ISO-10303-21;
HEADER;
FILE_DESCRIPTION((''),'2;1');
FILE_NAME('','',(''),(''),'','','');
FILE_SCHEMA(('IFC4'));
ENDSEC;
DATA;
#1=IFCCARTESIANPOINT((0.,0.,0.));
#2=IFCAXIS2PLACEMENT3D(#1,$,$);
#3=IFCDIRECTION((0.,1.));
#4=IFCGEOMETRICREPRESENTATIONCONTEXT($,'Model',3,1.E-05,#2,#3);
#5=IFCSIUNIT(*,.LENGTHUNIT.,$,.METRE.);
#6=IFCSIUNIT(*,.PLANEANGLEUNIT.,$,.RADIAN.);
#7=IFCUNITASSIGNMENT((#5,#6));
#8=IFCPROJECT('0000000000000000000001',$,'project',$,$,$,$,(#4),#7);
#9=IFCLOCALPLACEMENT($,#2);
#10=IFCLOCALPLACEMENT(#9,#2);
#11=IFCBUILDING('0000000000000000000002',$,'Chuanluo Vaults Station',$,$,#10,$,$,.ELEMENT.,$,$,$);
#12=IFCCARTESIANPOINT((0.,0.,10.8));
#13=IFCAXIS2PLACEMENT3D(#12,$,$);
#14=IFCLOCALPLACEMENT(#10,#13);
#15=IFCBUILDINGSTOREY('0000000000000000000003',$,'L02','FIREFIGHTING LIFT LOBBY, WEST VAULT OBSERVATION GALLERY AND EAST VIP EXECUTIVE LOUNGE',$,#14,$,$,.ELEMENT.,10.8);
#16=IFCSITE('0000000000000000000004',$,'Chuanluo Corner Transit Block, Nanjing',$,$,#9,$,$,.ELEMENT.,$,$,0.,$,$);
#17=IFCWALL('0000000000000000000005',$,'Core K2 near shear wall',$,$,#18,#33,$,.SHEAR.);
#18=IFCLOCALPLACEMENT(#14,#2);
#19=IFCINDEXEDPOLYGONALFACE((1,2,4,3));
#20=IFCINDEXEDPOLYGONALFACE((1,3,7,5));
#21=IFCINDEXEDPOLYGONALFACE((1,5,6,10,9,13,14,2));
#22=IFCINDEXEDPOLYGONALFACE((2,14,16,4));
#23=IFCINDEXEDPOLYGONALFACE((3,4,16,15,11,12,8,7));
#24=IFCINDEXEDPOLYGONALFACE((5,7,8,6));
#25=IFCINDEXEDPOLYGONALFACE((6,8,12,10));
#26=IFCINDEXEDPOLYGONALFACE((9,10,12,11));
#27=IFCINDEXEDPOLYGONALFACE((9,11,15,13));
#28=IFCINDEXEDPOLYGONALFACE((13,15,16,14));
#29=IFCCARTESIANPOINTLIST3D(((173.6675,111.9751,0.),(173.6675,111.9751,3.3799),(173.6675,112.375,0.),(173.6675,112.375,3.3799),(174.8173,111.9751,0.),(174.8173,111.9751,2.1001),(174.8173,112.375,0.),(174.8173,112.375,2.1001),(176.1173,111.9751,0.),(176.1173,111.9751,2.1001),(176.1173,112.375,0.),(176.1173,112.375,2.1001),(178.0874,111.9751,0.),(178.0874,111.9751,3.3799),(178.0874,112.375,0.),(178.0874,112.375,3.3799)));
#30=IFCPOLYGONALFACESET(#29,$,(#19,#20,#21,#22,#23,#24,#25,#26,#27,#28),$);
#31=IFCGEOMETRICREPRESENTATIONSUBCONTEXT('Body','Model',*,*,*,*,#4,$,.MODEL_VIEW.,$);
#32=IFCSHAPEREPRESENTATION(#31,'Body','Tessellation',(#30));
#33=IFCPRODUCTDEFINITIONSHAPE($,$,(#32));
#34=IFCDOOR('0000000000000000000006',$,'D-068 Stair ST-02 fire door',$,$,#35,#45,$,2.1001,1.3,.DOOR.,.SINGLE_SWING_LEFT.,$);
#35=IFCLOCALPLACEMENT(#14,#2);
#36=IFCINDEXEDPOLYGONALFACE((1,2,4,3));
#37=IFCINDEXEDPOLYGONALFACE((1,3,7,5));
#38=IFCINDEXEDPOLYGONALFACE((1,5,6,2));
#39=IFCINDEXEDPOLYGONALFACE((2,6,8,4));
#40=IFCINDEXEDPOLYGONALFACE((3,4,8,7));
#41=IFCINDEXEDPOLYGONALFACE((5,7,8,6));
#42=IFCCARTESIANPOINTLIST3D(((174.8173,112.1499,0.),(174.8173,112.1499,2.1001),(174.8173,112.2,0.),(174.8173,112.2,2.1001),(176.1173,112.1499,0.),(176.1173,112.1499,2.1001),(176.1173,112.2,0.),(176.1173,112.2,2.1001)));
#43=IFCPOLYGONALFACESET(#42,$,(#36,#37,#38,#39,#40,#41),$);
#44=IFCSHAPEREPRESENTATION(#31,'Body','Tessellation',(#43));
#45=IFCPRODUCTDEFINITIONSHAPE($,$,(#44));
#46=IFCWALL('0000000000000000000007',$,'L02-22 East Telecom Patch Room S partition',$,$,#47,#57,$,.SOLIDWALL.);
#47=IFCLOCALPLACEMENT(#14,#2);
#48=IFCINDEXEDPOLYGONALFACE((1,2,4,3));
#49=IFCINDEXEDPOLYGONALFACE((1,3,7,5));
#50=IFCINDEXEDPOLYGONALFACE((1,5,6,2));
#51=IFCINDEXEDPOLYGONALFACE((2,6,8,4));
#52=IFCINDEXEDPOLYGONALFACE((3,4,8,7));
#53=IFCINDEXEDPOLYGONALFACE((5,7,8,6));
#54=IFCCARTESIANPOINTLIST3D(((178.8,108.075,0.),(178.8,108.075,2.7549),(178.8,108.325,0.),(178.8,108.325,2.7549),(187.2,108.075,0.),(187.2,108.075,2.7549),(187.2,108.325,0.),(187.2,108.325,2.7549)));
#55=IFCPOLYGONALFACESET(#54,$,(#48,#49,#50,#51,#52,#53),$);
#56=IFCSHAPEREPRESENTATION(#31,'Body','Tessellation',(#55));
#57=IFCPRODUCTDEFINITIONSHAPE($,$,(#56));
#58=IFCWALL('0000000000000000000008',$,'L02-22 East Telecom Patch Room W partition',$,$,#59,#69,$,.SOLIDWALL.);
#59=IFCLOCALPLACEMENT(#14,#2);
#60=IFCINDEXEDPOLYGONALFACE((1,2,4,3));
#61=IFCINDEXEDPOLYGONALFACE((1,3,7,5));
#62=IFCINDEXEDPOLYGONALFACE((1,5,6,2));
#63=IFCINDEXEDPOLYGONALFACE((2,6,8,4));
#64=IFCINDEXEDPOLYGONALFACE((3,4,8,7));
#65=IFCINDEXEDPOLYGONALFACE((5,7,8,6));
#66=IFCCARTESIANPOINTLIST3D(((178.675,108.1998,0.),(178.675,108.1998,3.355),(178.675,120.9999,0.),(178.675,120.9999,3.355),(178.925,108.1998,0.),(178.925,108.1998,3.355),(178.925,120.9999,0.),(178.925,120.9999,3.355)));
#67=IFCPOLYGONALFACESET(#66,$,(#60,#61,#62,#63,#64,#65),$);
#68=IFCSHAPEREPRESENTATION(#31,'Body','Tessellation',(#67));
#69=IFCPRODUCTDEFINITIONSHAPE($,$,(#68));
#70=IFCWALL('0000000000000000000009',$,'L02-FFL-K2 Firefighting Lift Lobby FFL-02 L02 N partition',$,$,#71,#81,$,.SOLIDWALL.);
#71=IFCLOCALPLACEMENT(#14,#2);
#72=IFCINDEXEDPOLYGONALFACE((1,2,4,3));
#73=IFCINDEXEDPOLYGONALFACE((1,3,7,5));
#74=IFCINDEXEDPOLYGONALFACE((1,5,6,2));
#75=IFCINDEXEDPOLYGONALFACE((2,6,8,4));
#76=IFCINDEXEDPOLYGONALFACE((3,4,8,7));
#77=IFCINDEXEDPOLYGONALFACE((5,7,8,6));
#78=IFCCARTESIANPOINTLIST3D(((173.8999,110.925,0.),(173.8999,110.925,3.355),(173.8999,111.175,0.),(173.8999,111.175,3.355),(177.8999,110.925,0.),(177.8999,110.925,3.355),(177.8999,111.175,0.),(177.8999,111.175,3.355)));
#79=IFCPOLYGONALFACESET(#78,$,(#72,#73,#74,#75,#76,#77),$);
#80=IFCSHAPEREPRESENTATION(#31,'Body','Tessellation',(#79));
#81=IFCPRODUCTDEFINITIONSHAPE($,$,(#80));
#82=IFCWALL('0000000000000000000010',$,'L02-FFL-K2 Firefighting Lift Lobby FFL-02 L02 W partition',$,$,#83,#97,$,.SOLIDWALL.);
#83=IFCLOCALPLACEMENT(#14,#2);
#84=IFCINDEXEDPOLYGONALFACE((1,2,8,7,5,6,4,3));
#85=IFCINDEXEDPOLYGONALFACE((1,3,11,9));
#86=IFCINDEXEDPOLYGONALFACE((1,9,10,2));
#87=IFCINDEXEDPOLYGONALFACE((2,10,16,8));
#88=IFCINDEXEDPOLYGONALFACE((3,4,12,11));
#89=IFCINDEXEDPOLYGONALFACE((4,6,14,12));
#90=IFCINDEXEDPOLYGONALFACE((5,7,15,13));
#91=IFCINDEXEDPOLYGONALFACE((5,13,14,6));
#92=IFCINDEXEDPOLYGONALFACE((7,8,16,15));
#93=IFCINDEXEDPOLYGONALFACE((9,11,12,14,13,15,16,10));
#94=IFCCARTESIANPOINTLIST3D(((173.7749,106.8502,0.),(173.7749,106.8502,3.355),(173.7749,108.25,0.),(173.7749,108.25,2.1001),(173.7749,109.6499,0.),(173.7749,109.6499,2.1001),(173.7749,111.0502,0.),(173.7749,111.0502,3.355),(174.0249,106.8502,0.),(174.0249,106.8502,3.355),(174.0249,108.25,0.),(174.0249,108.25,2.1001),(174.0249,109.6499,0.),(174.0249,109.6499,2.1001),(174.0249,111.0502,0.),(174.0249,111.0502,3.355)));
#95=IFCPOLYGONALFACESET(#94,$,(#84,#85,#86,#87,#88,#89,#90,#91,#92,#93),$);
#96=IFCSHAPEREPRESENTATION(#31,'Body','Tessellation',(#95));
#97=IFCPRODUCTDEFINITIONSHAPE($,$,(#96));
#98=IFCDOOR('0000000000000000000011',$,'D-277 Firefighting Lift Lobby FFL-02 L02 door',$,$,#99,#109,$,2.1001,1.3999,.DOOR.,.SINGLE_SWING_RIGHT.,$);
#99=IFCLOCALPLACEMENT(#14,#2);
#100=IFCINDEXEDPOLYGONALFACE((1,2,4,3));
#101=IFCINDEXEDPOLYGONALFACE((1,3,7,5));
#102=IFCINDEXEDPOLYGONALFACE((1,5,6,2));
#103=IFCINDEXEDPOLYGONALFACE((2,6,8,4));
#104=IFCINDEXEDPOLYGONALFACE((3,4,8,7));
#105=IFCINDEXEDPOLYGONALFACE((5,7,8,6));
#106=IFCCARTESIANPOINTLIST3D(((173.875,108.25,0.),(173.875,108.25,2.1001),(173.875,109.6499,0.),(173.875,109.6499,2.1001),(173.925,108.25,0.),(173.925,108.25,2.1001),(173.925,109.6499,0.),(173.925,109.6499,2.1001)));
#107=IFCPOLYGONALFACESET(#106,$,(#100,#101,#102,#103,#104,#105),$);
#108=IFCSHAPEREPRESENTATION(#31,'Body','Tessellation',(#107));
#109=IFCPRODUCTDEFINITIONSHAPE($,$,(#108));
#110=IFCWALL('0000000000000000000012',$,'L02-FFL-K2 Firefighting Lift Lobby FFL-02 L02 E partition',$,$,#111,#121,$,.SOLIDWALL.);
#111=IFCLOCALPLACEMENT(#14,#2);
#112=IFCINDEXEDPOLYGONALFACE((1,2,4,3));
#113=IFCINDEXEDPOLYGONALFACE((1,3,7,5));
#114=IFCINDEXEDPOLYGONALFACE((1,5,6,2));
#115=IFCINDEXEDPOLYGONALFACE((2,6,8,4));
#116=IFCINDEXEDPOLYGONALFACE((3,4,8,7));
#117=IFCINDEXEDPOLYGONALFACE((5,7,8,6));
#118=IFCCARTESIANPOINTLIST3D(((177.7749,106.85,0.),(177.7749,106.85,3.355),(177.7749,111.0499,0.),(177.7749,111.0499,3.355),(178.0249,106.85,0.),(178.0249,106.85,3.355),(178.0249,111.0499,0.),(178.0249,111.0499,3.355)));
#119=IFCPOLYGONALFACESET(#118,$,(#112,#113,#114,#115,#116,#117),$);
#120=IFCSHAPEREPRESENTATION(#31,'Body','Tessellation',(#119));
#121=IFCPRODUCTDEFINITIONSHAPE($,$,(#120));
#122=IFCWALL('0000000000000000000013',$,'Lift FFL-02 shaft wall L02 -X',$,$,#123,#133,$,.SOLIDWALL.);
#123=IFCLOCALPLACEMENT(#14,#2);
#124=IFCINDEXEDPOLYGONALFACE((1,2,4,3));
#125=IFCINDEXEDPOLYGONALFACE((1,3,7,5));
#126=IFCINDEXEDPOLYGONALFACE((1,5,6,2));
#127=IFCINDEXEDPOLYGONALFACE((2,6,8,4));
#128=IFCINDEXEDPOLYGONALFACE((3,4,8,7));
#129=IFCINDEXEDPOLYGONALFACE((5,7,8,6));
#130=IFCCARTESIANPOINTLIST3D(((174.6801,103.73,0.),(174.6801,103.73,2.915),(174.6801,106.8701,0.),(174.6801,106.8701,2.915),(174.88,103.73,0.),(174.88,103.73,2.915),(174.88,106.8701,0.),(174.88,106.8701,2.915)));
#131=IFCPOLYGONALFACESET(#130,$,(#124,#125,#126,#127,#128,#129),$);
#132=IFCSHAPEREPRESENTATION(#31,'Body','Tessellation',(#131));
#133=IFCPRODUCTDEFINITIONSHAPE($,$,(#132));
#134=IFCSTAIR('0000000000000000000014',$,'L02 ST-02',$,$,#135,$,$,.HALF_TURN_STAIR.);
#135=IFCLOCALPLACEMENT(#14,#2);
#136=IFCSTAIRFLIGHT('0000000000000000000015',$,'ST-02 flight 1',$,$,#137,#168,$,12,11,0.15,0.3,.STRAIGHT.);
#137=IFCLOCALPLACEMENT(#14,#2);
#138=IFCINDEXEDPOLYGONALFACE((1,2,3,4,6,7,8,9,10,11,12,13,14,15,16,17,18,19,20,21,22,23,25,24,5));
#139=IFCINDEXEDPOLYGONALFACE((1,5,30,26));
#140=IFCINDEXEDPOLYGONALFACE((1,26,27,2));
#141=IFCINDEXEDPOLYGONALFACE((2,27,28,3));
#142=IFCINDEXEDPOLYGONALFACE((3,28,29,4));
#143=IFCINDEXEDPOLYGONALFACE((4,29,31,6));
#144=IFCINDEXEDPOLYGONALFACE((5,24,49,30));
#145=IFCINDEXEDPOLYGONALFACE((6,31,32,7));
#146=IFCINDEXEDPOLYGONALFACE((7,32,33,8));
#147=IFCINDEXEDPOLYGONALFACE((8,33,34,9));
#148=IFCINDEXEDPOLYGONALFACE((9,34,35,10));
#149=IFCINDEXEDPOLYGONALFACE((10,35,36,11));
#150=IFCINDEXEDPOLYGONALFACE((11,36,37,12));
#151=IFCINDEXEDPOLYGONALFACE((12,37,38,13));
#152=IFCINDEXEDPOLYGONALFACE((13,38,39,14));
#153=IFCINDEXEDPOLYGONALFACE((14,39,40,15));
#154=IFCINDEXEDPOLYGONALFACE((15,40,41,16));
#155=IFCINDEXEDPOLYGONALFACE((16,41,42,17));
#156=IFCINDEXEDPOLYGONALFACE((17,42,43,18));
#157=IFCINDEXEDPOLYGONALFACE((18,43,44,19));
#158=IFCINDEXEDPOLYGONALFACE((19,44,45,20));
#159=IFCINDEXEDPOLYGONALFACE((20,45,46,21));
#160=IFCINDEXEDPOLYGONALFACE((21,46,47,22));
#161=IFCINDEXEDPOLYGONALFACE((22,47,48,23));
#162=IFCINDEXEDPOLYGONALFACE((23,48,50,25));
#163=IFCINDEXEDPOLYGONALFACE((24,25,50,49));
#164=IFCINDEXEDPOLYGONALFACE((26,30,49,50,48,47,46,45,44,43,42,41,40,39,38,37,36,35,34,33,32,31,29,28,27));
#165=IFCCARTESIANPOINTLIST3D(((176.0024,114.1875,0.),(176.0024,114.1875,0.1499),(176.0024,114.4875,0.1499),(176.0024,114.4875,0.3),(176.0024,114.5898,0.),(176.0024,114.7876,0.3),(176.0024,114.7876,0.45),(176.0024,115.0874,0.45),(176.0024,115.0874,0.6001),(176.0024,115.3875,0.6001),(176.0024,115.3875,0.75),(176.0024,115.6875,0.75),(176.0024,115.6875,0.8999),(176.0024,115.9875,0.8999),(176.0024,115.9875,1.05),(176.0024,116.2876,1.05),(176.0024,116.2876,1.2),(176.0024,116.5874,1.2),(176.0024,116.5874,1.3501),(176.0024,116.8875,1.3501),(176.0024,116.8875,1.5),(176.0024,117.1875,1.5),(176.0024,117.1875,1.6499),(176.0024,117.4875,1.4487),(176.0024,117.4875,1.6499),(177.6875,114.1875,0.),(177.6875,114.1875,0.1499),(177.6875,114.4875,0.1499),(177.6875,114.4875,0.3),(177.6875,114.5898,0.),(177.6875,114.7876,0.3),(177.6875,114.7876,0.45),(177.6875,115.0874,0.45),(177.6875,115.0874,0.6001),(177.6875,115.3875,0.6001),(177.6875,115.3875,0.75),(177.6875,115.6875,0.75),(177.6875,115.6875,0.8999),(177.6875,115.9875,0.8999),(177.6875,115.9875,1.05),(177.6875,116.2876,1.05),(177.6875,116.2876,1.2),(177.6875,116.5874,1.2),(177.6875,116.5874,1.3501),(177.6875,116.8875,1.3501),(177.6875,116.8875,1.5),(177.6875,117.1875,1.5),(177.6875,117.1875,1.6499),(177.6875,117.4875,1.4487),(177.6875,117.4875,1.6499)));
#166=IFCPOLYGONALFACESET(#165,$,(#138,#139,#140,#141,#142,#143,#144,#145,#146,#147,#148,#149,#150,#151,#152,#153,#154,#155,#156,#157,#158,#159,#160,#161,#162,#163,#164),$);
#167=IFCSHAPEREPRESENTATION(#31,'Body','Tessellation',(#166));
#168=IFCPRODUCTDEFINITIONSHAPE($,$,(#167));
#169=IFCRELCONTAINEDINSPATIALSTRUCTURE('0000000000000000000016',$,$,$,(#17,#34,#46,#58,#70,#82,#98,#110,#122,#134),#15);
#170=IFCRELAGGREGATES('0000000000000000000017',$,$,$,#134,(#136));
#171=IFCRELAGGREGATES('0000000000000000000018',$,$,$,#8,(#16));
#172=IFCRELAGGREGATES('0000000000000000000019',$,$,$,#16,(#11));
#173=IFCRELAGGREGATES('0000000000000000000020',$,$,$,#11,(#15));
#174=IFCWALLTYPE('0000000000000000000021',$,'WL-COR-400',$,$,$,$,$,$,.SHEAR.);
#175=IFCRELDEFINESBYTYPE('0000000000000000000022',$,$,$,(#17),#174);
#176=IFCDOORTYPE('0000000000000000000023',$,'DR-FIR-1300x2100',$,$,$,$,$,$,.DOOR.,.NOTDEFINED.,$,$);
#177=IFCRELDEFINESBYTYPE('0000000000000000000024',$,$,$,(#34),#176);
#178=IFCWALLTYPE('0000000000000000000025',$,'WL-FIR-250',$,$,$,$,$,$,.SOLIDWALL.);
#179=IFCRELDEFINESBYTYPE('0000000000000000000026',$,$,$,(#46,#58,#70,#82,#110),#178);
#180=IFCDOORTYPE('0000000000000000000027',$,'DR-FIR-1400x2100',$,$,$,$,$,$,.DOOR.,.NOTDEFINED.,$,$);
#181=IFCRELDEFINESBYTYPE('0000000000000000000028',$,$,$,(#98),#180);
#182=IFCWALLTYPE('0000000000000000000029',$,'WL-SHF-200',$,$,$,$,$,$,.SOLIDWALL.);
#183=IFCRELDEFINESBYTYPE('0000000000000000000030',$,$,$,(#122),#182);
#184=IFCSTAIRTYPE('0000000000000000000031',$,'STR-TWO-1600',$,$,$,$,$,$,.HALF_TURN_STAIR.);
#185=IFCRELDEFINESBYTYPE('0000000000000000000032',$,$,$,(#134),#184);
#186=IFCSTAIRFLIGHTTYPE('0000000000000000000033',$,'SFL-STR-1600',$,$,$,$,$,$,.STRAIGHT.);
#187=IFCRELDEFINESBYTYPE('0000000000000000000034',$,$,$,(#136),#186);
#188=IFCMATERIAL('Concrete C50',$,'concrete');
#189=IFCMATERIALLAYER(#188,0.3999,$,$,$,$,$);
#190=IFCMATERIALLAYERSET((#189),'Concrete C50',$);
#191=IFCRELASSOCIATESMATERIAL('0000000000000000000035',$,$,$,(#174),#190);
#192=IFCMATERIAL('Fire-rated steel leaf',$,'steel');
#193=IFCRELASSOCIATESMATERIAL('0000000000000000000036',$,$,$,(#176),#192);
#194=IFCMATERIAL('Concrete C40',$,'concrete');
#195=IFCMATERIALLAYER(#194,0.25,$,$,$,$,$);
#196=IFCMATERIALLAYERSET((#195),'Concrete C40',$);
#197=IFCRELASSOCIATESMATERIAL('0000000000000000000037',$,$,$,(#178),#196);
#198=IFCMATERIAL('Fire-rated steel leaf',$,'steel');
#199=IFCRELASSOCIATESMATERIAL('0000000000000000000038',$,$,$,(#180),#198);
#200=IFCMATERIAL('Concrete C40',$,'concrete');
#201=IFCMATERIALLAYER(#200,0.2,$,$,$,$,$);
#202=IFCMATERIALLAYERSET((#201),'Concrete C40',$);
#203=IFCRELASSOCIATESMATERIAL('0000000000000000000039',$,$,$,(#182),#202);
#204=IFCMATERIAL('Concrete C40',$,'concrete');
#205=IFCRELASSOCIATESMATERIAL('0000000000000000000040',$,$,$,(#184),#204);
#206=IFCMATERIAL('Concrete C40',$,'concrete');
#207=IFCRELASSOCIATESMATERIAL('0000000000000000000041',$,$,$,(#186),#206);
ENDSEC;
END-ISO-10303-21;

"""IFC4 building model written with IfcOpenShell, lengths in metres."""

from ifc_helpers import new_model, si_unit, direction, frame, frame_2d, origin, place, context, subcontext, project, spatial, polyline, rectangle, outline, extrude, material, layer, layer_set, type_object, element, fill, aggregate, save


model = new_model("IFC4")

# Units and contexts
model_context = context("Model", 3, precision=1e-05, world=origin(), true_north=direction((0.0, 1.0)))
body_context = subcontext(model_context, "Body", "Model", "MODEL_VIEW")
ifc_project = project(units=[si_unit("LENGTHUNIT", "METRE"), si_unit("PLANEANGLEUNIT", "RADIAN")], contexts=[model_context])

# Site, building, storey
site_placement = place(None, origin())
site = spatial("IfcSite", under=ifc_project, at=site_placement, Name="Chuanluo Corner Transit Block, Nanjing", CompositionType="ELEMENT", RefElevation=0.0)
building_placement = place(site_placement, origin())
building = spatial("IfcBuilding", under=site, at=building_placement, Name="Chuanluo Vaults Station", CompositionType="ELEMENT")
storey_placement = place(building_placement, frame((0.0, 0.0, 10.8)))
storey = spatial("IfcBuildingStorey", under=building, at=storey_placement, Name="L02", Description="FIREFIGHTING LIFT LOBBY, WEST VAULT OBSERVATION GALLERY AND EAST VIP EXECUTIVE LOUNGE", CompositionType="ELEMENT", Elevation=10.8)

# Shared definitions
ifc_material_1 = material(Name="Concrete C50", Category="concrete")
ifc_layer_1 = layer(ifc_material_1, 0.3999)
ifc_layer_set_1 = layer_set([ifc_layer_1], Name="Concrete C50")
wall_type_1 = type_object("IfcWallType", Name="WL-COR-400", PredefinedType="SHEAR", material=ifc_layer_set_1)

# Wall, opening, door
wall_1_placement = place(storey_placement, frame((173.6675, 112.175, 0.0), z_axis=(0.0, 0.0, 1.0), x_axis=(1.0, 0.0, 0.0)))
wall_1 = element("IfcWall", 1, at=wall_1_placement, inside=storey, type_object=wall_type_1, Name="Core K2 near shear wall", PredefinedType="SHEAR", context=body_context, shape_type="SweptSolid", body=[
    extrude(rectangle(XDim=4.4199, YDim=0.3999, at=frame_2d((2.21, 0.0))), origin(), (0.0, 0.0, 1.0), 3.3799),
])
opening_1_placement = place(wall_1_placement, frame((1.1499, 0.0, 0.0)))
opening_1 = element("IfcOpeningElement", 2, at=opening_1_placement, cuts=wall_1, PredefinedType="OPENING", context=body_context, shape_type="SweptSolid", body=[
    extrude(rectangle(XDim=1.3, YDim=2.1001, at=frame_2d((0.6499, 1.05))), frame((0.0, 0.2099, 0.0), z_axis=(0.0, -1.0, 0.0), x_axis=(1.0, 0.0, 0.0)), (0.0, 0.0, 1.0), 0.4199),
])
ifc_material_2 = material(Name="Fire-rated steel leaf", Category="steel")
door_type_1 = type_object("IfcDoorType", Name="DR-FIR-1300x2100", OperationType="NOTDEFINED", PredefinedType="DOOR", material=ifc_material_2)
door_1_placement = place(opening_1_placement, origin())
door_1 = element("IfcDoor", 3, at=door_1_placement, inside=storey, type_object=door_type_1, Name="D-068 Stair ST-02 fire door", OperationType="SINGLE_SWING_LEFT", OverallHeight=2.1001, OverallWidth=1.3, PredefinedType="DOOR", context=body_context, shape_type="SweptSolid", body=[
    extrude(rectangle(XDim=1.3, YDim=2.1001, at=frame_2d((0.6499, 1.05))), frame((0.0, 0.0249, 0.0), z_axis=(0.0, -1.0, 0.0), x_axis=(1.0, 0.0, 0.0)), (0.0, 0.0, 1.0), 0.05),
])
fill(opening_1, door_1)

# Walls
ifc_material_3 = material(Name="Concrete C40", Category="concrete")
ifc_layer_2 = layer(ifc_material_3, 0.25)
ifc_layer_set_2 = layer_set([ifc_layer_2], Name="Concrete C40")
wall_type_2 = type_object("IfcWallType", Name="WL-FIR-250", PredefinedType="SOLIDWALL", material=ifc_layer_set_2)
wall_2_placement = place(storey_placement, frame((187.2, 108.2, 0.0), z_axis=(0.0, 0.0, 1.0), x_axis=(-1.0, 0.0, 0.0)))
element("IfcWall", 4, at=wall_2_placement, inside=storey, type_object=wall_type_2, Name="L02-22 East Telecom Patch Room S partition", PredefinedType="SOLIDWALL", context=body_context, shape_type="SweptSolid", body=[
    extrude(rectangle(XDim=8.3999, YDim=0.25, at=frame_2d((4.2, 0.0))), origin(), (0.0, 0.0, 1.0), 2.7549),
])
wall_3_placement = place(storey_placement, frame((178.8, 108.2, 0.0), z_axis=(0.0, 0.0, 1.0), x_axis=(0.0, 1.0, 0.0)))
element("IfcWall", 5, at=wall_3_placement, inside=storey, type_object=wall_type_2, Name="L02-22 East Telecom Patch Room W partition", PredefinedType="SOLIDWALL", context=body_context, shape_type="SweptSolid", body=[
    extrude(rectangle(XDim=12.8, YDim=0.25, at=frame_2d((6.3999, 0.0))), origin(), (0.0, 0.0, 1.0), 3.355),
])
wall_4_placement = place(storey_placement, frame((173.8999, 111.05, 0.0), z_axis=(0.0, 0.0, 1.0), x_axis=(1.0, 0.0, 0.0)))
element("IfcWall", 6, at=wall_4_placement, inside=storey, type_object=wall_type_2, Name="L02-FFL-K2 Firefighting Lift Lobby FFL-02 L02 N partition", PredefinedType="SOLIDWALL", context=body_context, shape_type="SweptSolid", body=[
    extrude(rectangle(XDim=4.0, YDim=0.25, at=frame_2d((2.0, 0.0))), origin(), (0.0, 0.0, 1.0), 3.355),
])

# Wall, opening, door
wall_5_placement = place(storey_placement, frame((173.8999, 106.8501, 0.0), z_axis=(0.0, 0.0, 1.0), x_axis=(0.0, 1.0, 0.0)))
wall_5 = element("IfcWall", 7, at=wall_5_placement, inside=storey, type_object=wall_type_2, Name="L02-FFL-K2 Firefighting Lift Lobby FFL-02 L02 W partition", PredefinedType="SOLIDWALL", context=body_context, shape_type="SweptSolid", body=[
    extrude(rectangle(XDim=4.2, YDim=0.25, at=frame_2d((2.1001, 0.0))), origin(), (0.0, 0.0, 1.0), 3.355),
])
opening_2_placement = place(wall_5_placement, frame((1.3999, 0.0, 0.0)))
opening_2 = element("IfcOpeningElement", 8, at=opening_2_placement, cuts=wall_5, PredefinedType="OPENING", context=body_context, shape_type="SweptSolid", body=[
    extrude(rectangle(XDim=1.3999, YDim=2.1001, at=frame_2d((0.7, 1.05))), frame((0.0, 0.135, 0.0), z_axis=(0.0, -1.0, 0.0), x_axis=(1.0, 0.0, 0.0)), (0.0, 0.0, 1.0), 0.27),
])
ifc_material_4 = material(Name="Fire-rated steel leaf", Category="steel")
door_type_2 = type_object("IfcDoorType", Name="DR-FIR-1400x2100", OperationType="NOTDEFINED", PredefinedType="DOOR", material=ifc_material_4)
door_2_placement = place(opening_2_placement, origin())
door_2 = element("IfcDoor", 9, at=door_2_placement, inside=storey, type_object=door_type_2, Name="D-277 Firefighting Lift Lobby FFL-02 L02 door", OperationType="SINGLE_SWING_RIGHT", OverallHeight=2.1001, OverallWidth=1.3999, PredefinedType="DOOR", context=body_context, shape_type="SweptSolid", body=[
    extrude(rectangle(XDim=1.3999, YDim=2.1001, at=frame_2d((0.7, 1.05))), frame((0.0, 0.0249, 0.0), z_axis=(0.0, -1.0, 0.0), x_axis=(1.0, 0.0, 0.0)), (0.0, 0.0, 1.0), 0.05),
])
fill(opening_2, door_2)

# Walls
wall_6_placement = place(storey_placement, frame((177.8999, 111.05, 0.0), z_axis=(0.0, 0.0, 1.0), x_axis=(0.0, -1.0, 0.0)))
element("IfcWall", 10, at=wall_6_placement, inside=storey, type_object=wall_type_2, Name="L02-FFL-K2 Firefighting Lift Lobby FFL-02 L02 E partition", PredefinedType="SOLIDWALL", context=body_context, shape_type="SweptSolid", body=[
    extrude(rectangle(XDim=4.2, YDim=0.25, at=frame_2d((2.1001, 0.0))), origin(), (0.0, 0.0, 1.0), 3.355),
])
ifc_material_5 = material(Name="Concrete C40", Category="concrete")
ifc_layer_3 = layer(ifc_material_5, 0.2)
ifc_layer_set_3 = layer_set([ifc_layer_3], Name="Concrete C40")
wall_type_3 = type_object("IfcWallType", Name="WL-SHF-200", PredefinedType="SOLIDWALL", material=ifc_layer_set_3)
wall_7_placement = place(storey_placement, frame((174.78, 106.8701, 0.0), z_axis=(0.0, 0.0, 1.0), x_axis=(0.0, -1.0, 0.0)))
element("IfcWall", 11, at=wall_7_placement, inside=storey, type_object=wall_type_3, Name="Lift FFL-02 shaft wall L02 -X", PredefinedType="SOLIDWALL", context=body_context, shape_type="SweptSolid", body=[
    extrude(rectangle(XDim=3.1401, YDim=0.2, at=frame_2d((1.5701, 0.0))), origin(), (0.0, 0.0, 1.0), 2.915),
])

# Stair, stair flight
ifc_material_6 = material(Name="Concrete C40", Category="concrete")
stair_type = type_object("IfcStairType", Name="STR-TWO-1600", PredefinedType="HALF_TURN_STAIR", material=ifc_material_6)
stair_placement = place(storey_placement, origin())
stair = element("IfcStair", 12, at=stair_placement, inside=storey, type_object=stair_type, Name="L02 ST-02", PredefinedType="HALF_TURN_STAIR")
ifc_material_7 = material(Name="Concrete C40", Category="concrete")
stair_flight_type = type_object("IfcStairFlightType", Name="SFL-STR-1600", PredefinedType="STRAIGHT", material=ifc_material_7)
stair_flight_placement = place(storey_placement, frame((176.845, 114.1875, 0.0), z_axis=(0.0, 0.0, 1.0), x_axis=(0.0, 1.0, 0.0)))
stair_flight = element("IfcStairFlight", 13, at=stair_flight_placement, type_object=stair_flight_type, Name="ST-02 flight 1", NumberOfRisers=12, NumberOfTreads=11, PredefinedType="STRAIGHT", RiserHeight=0.15, TreadLength=0.3, context=body_context, shape_type="SweptSolid", body=[
    extrude(outline(polyline([(0.0, 0.0), (0.0, 0.1499), (0.3, 0.1499), (0.3, 0.3), (0.6001, 0.3), (0.6001, 0.45), (0.8999, 0.45), (0.8999, 0.6001), (1.2, 0.6001), (1.2, 0.75), (1.5, 0.75), (1.5, 0.8999), (1.8, 0.8999), (1.8, 1.05), (2.1001, 1.05), (2.1001, 1.2), (2.3999, 1.2), (2.3999, 1.3501), (2.7, 1.3501), (2.7, 1.5), (3.0, 1.5), (3.0, 1.6499), (3.3, 1.6499), (3.3, 1.8), (3.3, 1.4487), (0.4023, 0.0), (0.0, 0.0)])), frame((0.0, 0.8425, 0.0), z_axis=(0.0, -1.0, 0.0), x_axis=(1.0, 0.0, 0.0)), (0.0, 0.0, 1.0), 1.6851),
])
aggregate(stair, [stair_flight])

save(model, "model.ifc")
